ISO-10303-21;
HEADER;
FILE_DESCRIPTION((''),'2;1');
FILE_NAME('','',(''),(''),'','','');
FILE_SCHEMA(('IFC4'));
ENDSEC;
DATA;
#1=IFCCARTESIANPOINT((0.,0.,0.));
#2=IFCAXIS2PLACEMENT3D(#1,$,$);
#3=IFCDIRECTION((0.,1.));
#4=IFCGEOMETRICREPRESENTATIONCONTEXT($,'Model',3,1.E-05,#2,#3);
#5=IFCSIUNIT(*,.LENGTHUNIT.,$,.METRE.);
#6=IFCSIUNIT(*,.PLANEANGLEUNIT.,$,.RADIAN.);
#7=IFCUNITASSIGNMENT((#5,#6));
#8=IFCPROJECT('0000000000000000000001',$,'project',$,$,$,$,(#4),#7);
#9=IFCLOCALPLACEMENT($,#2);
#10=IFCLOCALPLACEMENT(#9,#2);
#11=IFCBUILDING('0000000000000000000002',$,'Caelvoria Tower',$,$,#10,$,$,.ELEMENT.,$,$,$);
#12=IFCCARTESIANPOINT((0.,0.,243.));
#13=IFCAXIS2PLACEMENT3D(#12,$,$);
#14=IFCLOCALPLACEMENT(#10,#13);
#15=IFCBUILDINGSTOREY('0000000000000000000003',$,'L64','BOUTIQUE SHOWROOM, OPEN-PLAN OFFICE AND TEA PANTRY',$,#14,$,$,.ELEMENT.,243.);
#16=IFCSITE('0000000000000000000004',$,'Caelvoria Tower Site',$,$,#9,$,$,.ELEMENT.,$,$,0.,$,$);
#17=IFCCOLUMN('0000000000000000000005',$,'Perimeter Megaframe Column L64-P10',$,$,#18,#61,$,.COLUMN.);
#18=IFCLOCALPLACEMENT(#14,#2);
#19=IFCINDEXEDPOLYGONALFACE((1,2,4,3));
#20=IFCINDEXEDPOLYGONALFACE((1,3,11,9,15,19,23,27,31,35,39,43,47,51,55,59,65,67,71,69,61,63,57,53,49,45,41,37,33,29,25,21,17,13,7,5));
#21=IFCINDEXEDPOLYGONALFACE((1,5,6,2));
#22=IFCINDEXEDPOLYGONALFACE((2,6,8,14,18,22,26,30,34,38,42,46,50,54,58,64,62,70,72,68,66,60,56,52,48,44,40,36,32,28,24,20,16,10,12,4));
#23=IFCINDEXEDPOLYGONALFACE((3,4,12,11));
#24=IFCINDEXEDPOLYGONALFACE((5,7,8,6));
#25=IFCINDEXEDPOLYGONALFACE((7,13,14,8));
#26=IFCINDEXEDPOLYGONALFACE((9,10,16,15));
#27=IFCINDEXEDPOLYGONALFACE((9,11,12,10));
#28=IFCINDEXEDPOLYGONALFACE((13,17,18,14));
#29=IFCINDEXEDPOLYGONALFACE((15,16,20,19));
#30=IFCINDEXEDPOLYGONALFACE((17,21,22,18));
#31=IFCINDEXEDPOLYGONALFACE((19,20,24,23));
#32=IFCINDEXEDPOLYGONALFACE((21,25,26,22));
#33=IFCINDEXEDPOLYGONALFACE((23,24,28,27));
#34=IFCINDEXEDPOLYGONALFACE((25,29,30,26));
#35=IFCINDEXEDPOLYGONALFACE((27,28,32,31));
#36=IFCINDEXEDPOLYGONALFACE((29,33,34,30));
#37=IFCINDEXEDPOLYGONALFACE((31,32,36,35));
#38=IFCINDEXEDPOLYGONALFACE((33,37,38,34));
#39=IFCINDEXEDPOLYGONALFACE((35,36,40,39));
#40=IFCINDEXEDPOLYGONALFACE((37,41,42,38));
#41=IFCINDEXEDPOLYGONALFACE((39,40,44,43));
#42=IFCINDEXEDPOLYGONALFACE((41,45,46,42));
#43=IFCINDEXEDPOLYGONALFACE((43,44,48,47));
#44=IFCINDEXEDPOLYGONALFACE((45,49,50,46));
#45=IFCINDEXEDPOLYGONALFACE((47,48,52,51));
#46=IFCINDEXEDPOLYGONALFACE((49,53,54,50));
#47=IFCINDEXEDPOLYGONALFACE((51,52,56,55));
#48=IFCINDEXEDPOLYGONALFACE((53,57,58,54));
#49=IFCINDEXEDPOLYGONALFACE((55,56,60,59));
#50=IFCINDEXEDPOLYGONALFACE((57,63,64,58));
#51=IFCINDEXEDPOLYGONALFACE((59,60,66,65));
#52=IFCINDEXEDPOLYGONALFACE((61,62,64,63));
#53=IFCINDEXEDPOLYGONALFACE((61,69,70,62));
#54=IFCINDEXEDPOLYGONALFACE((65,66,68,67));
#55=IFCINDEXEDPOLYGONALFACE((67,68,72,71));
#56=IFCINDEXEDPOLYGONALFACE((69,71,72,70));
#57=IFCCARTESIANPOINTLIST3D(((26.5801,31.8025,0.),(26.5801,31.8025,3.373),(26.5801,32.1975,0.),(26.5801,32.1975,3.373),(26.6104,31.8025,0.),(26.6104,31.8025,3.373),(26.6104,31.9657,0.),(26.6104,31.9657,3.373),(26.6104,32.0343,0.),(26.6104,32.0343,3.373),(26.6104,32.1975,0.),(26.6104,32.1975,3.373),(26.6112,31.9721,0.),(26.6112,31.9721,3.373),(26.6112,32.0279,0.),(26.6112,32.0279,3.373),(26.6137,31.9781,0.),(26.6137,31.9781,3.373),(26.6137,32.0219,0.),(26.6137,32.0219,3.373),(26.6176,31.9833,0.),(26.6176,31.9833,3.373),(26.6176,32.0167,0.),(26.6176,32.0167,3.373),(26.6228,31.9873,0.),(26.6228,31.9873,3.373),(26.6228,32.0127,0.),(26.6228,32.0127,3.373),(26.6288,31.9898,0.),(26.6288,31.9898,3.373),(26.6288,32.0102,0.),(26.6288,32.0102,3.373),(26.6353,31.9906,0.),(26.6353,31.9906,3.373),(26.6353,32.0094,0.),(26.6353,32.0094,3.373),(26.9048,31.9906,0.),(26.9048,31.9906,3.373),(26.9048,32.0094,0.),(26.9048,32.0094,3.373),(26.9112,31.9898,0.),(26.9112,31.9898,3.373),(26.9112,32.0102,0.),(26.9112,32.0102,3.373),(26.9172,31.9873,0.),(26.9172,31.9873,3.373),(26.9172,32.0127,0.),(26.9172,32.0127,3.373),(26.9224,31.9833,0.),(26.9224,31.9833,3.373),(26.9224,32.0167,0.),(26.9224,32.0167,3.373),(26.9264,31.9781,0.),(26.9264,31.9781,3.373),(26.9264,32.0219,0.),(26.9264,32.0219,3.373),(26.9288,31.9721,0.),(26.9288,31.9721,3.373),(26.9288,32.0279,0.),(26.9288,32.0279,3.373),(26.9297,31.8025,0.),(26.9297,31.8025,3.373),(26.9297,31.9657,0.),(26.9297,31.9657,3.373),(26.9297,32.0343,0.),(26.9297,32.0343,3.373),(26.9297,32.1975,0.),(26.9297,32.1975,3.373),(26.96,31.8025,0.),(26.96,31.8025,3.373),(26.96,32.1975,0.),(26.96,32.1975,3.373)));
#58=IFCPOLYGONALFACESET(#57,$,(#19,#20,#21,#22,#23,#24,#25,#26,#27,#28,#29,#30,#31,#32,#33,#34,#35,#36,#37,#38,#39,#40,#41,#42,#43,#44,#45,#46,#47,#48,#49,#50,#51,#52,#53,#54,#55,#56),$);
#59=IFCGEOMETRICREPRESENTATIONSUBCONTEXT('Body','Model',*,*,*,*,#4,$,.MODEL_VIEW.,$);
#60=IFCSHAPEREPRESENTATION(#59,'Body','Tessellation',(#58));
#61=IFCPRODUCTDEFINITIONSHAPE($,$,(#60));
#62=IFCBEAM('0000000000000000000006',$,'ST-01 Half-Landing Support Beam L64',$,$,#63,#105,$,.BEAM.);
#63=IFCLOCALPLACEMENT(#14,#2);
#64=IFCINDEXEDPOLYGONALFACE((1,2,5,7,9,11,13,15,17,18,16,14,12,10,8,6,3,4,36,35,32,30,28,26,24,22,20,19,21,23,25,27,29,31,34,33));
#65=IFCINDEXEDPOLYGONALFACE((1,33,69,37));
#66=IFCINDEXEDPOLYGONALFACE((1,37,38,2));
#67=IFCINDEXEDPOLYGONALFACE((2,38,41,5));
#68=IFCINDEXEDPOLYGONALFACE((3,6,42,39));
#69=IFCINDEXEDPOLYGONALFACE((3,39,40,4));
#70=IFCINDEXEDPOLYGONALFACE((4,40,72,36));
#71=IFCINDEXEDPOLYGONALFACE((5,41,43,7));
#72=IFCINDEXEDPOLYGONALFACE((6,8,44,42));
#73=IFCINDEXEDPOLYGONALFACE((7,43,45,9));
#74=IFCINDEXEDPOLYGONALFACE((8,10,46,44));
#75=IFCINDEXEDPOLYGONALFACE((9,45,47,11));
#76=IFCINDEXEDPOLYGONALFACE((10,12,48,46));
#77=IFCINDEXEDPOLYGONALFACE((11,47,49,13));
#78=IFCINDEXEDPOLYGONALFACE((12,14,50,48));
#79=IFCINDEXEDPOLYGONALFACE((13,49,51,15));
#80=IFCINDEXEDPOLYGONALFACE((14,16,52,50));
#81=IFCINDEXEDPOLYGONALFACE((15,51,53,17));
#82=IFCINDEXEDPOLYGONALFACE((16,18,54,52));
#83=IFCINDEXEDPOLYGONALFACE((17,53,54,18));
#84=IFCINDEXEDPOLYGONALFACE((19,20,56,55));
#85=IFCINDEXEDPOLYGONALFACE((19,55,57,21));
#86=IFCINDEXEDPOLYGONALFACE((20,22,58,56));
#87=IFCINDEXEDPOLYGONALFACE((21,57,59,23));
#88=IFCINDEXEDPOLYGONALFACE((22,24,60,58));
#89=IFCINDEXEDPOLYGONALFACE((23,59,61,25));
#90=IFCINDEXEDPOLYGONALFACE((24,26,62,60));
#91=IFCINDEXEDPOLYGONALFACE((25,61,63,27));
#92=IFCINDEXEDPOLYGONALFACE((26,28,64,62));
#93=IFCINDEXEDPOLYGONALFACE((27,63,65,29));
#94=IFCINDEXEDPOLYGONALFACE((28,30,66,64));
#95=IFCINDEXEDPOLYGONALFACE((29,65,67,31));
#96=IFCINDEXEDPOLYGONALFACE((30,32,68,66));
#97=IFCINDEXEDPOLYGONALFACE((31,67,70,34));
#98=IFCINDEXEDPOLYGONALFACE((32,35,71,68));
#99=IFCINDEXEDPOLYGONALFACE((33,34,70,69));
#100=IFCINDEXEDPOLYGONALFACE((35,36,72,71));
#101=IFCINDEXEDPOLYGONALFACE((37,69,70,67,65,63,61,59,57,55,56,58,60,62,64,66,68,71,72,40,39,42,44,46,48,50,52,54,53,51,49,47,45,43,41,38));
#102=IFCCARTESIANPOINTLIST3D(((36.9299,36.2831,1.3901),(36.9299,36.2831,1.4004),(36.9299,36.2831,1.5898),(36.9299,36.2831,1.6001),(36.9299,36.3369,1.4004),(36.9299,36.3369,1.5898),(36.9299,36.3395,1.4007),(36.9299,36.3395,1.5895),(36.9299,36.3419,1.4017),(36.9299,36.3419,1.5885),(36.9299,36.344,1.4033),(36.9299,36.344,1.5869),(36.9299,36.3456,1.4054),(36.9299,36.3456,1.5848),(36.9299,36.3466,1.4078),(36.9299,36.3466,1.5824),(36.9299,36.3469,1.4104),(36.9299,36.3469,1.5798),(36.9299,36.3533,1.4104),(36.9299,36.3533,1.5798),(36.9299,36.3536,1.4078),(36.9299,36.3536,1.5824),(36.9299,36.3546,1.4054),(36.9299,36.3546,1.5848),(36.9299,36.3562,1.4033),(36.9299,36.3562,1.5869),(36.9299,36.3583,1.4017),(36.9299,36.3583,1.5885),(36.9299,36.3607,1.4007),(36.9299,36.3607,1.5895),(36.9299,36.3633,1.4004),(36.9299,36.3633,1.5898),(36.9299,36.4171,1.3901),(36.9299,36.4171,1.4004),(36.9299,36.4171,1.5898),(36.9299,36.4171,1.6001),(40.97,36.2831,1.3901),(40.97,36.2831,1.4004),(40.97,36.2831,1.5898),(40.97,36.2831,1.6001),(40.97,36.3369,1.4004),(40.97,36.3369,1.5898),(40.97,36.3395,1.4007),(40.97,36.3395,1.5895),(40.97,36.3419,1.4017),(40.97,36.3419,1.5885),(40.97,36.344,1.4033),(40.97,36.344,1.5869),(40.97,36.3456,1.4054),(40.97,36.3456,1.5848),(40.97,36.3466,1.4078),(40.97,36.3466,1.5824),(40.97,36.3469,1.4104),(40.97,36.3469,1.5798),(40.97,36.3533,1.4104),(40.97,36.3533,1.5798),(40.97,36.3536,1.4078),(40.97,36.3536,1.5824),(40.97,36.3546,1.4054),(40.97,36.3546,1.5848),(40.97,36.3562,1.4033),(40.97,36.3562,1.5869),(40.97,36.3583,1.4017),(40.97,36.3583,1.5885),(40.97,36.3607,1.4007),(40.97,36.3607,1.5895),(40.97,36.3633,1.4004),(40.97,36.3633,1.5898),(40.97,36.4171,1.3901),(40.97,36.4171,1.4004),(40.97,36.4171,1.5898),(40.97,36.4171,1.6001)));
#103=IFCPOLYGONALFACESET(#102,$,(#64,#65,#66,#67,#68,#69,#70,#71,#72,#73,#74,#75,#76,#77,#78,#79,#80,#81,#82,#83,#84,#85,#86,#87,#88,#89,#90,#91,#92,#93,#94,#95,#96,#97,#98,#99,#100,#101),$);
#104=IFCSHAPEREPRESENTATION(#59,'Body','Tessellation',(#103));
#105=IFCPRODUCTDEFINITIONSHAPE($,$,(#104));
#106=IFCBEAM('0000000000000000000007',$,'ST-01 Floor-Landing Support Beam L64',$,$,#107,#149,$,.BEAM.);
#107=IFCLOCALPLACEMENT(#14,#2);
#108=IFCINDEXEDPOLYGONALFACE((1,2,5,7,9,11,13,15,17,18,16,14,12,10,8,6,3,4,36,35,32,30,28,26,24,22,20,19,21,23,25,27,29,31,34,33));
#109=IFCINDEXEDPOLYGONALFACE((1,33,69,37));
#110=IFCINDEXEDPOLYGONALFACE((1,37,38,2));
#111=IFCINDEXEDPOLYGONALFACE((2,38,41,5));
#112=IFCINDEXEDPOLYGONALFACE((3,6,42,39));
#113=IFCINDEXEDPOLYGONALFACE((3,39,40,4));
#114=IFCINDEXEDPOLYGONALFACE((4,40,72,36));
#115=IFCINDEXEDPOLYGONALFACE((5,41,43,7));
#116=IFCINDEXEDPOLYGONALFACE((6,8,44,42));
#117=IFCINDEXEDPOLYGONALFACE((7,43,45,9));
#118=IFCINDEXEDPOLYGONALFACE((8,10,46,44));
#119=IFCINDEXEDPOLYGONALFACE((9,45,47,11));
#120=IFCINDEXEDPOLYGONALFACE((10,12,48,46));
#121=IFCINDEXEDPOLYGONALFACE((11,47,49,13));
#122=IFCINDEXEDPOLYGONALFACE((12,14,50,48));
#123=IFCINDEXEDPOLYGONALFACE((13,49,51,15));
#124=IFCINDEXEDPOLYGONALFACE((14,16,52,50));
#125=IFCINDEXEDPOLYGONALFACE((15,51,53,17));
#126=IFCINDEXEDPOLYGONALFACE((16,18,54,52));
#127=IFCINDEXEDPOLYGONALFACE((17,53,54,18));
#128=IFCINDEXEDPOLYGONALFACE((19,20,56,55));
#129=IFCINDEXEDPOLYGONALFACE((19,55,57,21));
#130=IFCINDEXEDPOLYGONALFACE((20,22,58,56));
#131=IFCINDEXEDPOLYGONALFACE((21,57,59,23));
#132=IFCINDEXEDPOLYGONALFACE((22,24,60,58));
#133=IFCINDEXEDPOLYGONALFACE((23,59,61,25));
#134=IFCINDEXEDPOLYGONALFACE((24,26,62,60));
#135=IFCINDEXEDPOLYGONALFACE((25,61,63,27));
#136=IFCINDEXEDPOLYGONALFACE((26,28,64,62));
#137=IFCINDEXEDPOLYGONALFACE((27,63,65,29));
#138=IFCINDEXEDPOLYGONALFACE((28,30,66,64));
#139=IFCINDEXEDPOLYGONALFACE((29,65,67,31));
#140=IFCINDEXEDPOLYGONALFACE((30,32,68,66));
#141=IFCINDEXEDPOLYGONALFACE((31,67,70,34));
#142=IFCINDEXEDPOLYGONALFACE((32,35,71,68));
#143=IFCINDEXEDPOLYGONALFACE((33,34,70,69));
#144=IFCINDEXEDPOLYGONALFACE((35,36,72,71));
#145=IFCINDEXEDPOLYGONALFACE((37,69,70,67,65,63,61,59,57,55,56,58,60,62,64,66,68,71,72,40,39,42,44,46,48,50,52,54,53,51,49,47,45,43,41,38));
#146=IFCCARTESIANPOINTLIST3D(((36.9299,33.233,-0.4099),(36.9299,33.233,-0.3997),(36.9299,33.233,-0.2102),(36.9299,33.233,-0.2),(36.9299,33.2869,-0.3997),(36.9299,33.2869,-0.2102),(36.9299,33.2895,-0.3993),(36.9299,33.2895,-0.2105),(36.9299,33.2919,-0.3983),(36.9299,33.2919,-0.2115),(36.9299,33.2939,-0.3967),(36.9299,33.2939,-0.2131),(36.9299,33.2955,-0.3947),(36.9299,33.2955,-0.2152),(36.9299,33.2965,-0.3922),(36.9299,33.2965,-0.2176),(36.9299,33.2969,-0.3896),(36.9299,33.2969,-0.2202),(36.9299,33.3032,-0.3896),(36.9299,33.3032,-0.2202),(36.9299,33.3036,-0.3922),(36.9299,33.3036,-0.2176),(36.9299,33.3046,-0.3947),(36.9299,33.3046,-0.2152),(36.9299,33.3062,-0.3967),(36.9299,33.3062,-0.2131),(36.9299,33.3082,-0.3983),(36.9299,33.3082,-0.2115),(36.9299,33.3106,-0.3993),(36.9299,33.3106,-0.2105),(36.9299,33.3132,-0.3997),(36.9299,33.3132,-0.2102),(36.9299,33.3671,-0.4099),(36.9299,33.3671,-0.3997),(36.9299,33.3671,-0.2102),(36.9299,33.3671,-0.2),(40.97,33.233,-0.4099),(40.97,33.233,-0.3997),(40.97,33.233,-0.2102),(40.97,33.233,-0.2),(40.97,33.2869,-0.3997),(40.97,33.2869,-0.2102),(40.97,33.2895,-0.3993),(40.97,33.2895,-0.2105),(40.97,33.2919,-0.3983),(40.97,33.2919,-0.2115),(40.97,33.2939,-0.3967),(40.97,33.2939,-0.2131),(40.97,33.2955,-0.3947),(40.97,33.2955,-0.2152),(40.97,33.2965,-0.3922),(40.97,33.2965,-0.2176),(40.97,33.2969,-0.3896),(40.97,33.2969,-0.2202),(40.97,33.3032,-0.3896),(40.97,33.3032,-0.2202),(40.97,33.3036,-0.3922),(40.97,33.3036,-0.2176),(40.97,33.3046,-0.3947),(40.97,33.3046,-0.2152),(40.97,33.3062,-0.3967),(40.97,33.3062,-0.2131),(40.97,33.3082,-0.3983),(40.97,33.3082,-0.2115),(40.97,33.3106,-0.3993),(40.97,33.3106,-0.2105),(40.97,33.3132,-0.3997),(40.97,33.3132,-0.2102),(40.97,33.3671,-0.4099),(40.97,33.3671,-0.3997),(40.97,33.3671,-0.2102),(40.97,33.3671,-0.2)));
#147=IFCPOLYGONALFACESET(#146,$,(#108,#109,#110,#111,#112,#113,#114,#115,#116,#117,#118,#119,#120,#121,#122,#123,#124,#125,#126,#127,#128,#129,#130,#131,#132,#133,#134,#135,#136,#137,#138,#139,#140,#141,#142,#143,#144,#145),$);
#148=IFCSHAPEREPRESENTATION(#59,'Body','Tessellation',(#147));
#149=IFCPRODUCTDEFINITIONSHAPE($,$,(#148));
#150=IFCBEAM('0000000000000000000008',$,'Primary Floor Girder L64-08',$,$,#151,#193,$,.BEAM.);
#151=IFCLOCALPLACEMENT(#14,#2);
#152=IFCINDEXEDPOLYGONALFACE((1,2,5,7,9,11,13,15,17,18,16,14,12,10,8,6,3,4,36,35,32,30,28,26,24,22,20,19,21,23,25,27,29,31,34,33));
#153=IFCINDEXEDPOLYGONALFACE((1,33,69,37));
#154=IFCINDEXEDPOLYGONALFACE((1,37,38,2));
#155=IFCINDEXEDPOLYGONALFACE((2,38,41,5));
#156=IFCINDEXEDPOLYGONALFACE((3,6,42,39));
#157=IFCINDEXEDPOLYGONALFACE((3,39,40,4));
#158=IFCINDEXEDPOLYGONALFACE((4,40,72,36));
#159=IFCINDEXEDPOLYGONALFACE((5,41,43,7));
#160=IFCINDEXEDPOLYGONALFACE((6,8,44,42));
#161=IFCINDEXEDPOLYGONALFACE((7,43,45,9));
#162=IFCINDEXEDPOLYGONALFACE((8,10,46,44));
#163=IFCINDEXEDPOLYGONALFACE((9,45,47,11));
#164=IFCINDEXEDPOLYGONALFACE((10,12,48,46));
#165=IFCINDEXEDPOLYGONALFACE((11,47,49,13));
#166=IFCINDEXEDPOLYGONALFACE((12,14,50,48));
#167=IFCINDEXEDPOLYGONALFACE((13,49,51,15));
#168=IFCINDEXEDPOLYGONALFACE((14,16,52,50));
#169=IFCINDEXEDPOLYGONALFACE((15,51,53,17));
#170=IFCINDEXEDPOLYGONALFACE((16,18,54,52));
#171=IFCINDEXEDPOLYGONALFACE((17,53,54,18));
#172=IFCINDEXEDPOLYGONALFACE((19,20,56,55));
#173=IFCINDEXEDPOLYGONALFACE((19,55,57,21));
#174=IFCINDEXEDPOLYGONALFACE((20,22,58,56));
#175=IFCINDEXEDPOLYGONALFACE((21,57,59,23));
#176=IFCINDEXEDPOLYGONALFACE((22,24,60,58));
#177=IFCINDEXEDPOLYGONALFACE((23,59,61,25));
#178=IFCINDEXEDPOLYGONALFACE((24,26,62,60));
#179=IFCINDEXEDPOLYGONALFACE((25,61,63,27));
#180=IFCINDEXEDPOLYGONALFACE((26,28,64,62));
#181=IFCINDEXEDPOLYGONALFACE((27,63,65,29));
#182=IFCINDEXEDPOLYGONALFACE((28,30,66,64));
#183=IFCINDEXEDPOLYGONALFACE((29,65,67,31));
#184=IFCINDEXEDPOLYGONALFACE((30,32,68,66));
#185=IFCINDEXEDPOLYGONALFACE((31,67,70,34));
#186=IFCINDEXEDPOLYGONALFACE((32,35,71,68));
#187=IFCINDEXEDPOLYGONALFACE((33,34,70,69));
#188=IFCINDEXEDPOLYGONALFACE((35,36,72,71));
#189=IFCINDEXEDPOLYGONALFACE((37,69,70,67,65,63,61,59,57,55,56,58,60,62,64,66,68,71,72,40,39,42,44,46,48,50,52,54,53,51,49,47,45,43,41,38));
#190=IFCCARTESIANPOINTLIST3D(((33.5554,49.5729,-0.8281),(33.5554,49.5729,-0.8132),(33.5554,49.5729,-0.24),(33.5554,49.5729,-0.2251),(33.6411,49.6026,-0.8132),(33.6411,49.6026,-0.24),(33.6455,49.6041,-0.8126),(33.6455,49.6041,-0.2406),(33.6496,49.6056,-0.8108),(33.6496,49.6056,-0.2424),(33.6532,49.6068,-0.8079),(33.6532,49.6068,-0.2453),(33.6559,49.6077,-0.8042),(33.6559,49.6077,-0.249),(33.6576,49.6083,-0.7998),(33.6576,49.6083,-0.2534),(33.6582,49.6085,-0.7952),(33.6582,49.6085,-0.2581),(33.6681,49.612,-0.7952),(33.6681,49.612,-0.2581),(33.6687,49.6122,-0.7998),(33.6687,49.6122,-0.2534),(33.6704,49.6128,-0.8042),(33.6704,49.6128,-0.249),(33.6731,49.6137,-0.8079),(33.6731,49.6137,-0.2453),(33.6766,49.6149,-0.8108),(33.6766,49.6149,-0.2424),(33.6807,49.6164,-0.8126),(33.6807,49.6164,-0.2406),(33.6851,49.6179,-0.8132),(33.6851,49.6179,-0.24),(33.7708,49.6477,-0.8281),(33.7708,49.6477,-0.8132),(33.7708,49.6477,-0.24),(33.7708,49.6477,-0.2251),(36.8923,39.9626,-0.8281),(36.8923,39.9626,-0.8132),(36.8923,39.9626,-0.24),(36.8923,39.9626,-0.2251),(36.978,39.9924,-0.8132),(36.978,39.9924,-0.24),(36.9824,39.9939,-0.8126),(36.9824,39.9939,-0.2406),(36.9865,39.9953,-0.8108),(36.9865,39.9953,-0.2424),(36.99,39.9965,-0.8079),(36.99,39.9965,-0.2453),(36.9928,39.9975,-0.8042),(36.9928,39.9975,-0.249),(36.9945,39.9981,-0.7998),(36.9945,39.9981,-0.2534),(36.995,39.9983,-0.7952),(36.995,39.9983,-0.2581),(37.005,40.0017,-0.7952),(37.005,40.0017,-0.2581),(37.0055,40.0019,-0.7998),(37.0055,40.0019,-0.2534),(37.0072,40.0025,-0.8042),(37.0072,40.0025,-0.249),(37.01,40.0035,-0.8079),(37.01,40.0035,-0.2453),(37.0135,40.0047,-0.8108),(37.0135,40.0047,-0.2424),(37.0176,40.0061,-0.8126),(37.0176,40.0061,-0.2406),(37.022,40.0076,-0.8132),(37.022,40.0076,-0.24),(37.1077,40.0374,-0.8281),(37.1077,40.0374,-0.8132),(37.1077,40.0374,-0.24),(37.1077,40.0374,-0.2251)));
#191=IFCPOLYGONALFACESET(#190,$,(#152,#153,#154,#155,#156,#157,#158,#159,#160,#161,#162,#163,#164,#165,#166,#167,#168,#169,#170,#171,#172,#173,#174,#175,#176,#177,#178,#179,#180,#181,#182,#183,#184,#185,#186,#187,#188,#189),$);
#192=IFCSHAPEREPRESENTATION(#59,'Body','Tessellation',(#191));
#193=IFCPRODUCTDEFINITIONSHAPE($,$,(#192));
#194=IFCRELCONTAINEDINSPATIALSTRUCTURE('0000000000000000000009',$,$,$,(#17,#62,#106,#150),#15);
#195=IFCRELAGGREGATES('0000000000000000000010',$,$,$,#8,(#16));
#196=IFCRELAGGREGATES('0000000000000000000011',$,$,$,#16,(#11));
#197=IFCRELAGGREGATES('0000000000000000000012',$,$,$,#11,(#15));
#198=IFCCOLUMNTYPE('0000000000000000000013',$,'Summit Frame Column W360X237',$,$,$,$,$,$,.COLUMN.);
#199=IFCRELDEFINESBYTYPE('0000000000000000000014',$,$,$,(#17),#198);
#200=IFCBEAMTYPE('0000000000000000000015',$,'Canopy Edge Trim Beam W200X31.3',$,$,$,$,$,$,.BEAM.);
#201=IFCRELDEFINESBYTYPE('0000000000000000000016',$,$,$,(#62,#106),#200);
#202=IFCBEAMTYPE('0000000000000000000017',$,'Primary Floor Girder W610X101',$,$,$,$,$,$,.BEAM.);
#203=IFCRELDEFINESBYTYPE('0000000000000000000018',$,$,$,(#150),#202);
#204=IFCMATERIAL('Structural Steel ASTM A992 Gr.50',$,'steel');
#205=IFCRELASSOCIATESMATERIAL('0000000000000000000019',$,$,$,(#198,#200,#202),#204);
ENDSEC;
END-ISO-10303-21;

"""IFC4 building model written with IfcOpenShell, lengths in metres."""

from ifc_helpers import new_model, si_unit, direction, frame, origin, origin_2d, place, context, subcontext, project, spatial, i_section, extrude, material, material_profile, profile_set, type_object, element, save


model = new_model("IFC4")

# Units and contexts
model_context = context("Model", 3, precision=1e-05, world=origin(), true_north=direction((0.0, 1.0)))
body_context = subcontext(model_context, "Body", "Model", "MODEL_VIEW")
ifc_project = project(units=[si_unit("LENGTHUNIT", "METRE"), si_unit("PLANEANGLEUNIT", "RADIAN")], contexts=[model_context])

# Site, building, storey
site_placement = place(None, origin())
site = spatial("IfcSite", under=ifc_project, at=site_placement, Name="Caelvoria Tower Site", CompositionType="ELEMENT", RefElevation=0.0)
building_placement = place(site_placement, origin())
building = spatial("IfcBuilding", under=site, at=building_placement, Name="Caelvoria Tower", CompositionType="ELEMENT")
storey_placement = place(building_placement, frame((0.0, 0.0, 243.0)))
storey = spatial("IfcBuildingStorey", under=building, at=storey_placement, Name="L64", Description="BOUTIQUE SHOWROOM, OPEN-PLAN OFFICE AND TEA PANTRY", CompositionType="ELEMENT", Elevation=243.0)

# Column
ifc_material_1 = material(Name="Structural Steel ASTM A992 Gr.50", Category="steel")
ifc_material_profile_1 = material_profile(ifc_material_1, i_section(OverallWidth=0.395, OverallDepth=0.3799, WebThickness=0.0188, FlangeThickness=0.0303, FilletRadius=0.0249, at=origin_2d()), Name="Structural Steel ASTM A992 Gr.50")
ifc_profile_set_1 = profile_set([ifc_material_profile_1], Name="W360X237 - Structural Steel ASTM A992 Gr.50")
column_type = type_object("IfcColumnType", Name="Summit Frame Column W360X237", PredefinedType="COLUMN", material=ifc_profile_set_1)
column_placement = place(storey_placement, frame((26.77, 32.0, 0.0), z_axis=(0.0, 0.0, 1.0), x_axis=(0.0, 1.0, 0.0)))
element("IfcColumn", 1, at=column_placement, inside=storey, type_object=column_type, Name="Perimeter Megaframe Column L64-P10", PredefinedType="COLUMN", context=body_context, shape_type="SweptSolid", body=[
    extrude(i_section(OverallWidth=0.395, OverallDepth=0.3799, WebThickness=0.0188, FlangeThickness=0.0303, FilletRadius=0.0249, at=origin_2d()), origin(), (0.0, 0.0, 1.0), 3.373),
])

# Beams
ifc_material_profile_2 = material_profile(ifc_material_1, i_section(OverallWidth=0.134, OverallDepth=0.21, WebThickness=0.0063, FlangeThickness=0.0103, FilletRadius=0.01, at=origin_2d()), Name="Structural Steel ASTM A992 Gr.50")
ifc_profile_set_2 = profile_set([ifc_material_profile_2], Name="W200X31.3 - Structural Steel ASTM A992 Gr.50")
beam_type_1 = type_object("IfcBeamType", Name="Canopy Edge Trim Beam W200X31.3", PredefinedType="BEAM", material=ifc_profile_set_2)
for number, where, z_axis, x_axis, name in (
    (2, (36.9299, 36.3501, 1.4951), (1.0, 0.0, 0.0), (0.0, 1.0, 0.0), "ST-01 Half-Landing Support Beam L64"),
    (3, (36.9299, 33.3, -0.3049), (1.0, 0.0, 0.0), (0.0, 1.0, 0.0), "ST-01 Floor-Landing Support Beam L64"),
):
    element("IfcBeam", number, at=place(storey_placement, frame(where, z_axis=z_axis, x_axis=x_axis)), inside=storey, type_object=beam_type_1, Name=name, PredefinedType="BEAM", context=body_context, shape_type="SweptSolid", body=[
        extrude(i_section(OverallWidth=0.134, OverallDepth=0.21, WebThickness=0.0063, FlangeThickness=0.0103, FilletRadius=0.01, at=origin_2d()), origin(), (0.0, 0.0, 1.0), 4.04),
    ])
ifc_material_profile_3 = material_profile(ifc_material_1, i_section(OverallWidth=0.228, OverallDepth=0.603, WebThickness=0.0105, FlangeThickness=0.0149, FilletRadius=0.0181, at=origin_2d()), Name="Structural Steel ASTM A992 Gr.50")
ifc_profile_set_3 = profile_set([ifc_material_profile_3], Name="W610X101 - Structural Steel ASTM A992 Gr.50")
beam_type_2 = type_object("IfcBeamType", Name="Primary Floor Girder W610X101", PredefinedType="BEAM", material=ifc_profile_set_3)
beam_1_placement = place(storey_placement, frame((37.0, 40.0, -0.5266), z_axis=(-0.32801, 0.944674, 0.0), x_axis=(-0.944674, -0.32801, 0.0)))
element("IfcBeam", 4, at=beam_1_placement, inside=storey, type_object=beam_type_2, Name="Primary Floor Girder L64-08", PredefinedType="BEAM", context=body_context, shape_type="SweptSolid", body=[
    extrude(i_section(OverallWidth=0.228, OverallDepth=0.603, WebThickness=0.0105, FlangeThickness=0.0149, FilletRadius=0.0181, at=origin_2d()), origin(), (0.0, 0.0, 1.0), 10.1731),
])

save(model, "model.ifc")
